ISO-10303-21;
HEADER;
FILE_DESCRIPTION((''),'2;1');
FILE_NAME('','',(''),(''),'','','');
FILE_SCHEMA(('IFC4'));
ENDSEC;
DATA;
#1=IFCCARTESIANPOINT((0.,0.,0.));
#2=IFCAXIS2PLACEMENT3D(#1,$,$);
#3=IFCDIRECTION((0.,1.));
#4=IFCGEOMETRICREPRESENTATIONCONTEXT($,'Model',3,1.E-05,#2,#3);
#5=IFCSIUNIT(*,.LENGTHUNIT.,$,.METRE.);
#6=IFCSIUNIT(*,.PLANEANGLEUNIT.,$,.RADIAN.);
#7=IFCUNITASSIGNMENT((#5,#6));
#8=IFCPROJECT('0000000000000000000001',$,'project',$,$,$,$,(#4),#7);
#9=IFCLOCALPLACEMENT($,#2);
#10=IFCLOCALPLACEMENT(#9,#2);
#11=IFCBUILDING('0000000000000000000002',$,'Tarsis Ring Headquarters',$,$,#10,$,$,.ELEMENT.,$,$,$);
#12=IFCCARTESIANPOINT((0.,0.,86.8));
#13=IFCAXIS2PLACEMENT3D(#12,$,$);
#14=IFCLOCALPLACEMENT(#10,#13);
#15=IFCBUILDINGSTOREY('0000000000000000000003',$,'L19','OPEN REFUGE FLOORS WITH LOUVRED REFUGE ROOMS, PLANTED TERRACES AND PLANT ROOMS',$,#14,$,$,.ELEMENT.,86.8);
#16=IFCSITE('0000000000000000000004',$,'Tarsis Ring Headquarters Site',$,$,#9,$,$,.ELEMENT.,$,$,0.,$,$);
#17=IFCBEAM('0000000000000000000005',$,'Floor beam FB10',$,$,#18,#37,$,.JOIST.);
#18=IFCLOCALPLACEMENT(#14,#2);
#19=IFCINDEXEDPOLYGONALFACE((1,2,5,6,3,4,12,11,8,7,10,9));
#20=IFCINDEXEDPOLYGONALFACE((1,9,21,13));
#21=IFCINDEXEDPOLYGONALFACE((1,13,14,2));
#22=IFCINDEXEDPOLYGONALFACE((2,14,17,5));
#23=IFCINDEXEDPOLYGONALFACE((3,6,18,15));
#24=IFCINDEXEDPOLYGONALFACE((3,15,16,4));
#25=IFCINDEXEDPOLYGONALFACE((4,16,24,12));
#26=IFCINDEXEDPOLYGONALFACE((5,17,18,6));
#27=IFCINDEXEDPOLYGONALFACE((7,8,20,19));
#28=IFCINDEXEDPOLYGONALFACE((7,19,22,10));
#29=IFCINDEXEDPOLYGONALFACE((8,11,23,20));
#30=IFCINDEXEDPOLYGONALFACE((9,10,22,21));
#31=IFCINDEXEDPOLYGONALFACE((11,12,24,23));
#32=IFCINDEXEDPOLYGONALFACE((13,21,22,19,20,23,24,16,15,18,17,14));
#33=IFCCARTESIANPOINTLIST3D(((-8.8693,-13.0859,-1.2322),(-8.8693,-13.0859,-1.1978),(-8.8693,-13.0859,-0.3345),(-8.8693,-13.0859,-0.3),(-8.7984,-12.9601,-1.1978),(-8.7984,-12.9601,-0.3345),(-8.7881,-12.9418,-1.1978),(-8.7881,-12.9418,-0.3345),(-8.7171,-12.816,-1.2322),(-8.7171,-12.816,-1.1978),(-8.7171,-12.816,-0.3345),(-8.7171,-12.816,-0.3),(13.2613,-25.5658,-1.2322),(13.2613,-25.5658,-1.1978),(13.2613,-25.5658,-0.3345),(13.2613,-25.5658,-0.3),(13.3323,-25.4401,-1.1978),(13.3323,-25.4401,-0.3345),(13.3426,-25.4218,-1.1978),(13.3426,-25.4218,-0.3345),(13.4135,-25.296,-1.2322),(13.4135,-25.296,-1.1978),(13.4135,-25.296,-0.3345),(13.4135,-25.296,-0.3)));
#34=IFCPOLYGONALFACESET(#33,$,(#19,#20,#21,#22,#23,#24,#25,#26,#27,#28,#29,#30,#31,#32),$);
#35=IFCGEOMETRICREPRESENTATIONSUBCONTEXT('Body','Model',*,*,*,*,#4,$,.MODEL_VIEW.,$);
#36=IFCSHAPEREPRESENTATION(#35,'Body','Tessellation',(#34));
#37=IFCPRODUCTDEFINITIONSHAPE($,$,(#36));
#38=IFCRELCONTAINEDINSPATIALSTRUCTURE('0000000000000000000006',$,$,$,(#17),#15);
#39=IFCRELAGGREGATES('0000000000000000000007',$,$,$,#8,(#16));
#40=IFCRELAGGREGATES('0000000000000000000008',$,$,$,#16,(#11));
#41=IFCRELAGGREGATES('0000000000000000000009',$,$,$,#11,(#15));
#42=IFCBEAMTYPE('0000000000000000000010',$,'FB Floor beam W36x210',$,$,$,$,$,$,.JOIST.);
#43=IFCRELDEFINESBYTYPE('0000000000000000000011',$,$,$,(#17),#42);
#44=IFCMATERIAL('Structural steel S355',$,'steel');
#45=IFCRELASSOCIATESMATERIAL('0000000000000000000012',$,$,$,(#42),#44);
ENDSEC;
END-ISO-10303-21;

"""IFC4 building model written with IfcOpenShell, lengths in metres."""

from ifc_helpers import new_model, si_unit, direction, frame, origin, origin_2d, place, context, subcontext, project, spatial, i_section, extrude, material, material_profile, profile_set, type_object, element, save


model = new_model("IFC4")

# Units and contexts
model_context = context("Model", 3, precision=1e-05, world=origin(), true_north=direction((0.0, 1.0)))
body_context = subcontext(model_context, "Body", "Model", "MODEL_VIEW")
ifc_project = project(units=[si_unit("LENGTHUNIT", "METRE"), si_unit("PLANEANGLEUNIT", "RADIAN")], contexts=[model_context])

# Site, building, storey
site_placement = place(None, origin())
site = spatial("IfcSite", under=ifc_project, at=site_placement, Name="Tarsis Ring Headquarters Site", CompositionType="ELEMENT", RefElevation=0.0)
building_placement = place(site_placement, origin())
building = spatial("IfcBuilding", under=site, at=building_placement, Name="Tarsis Ring Headquarters", CompositionType="ELEMENT")
storey_placement = place(building_placement, frame((0.0, 0.0, 86.8)))
storey = spatial("IfcBuildingStorey", under=building, at=storey_placement, Name="L19", Description="OPEN REFUGE FLOORS WITH LOUVRED REFUGE ROOMS, PLANTED TERRACES AND PLANT ROOMS", CompositionType="ELEMENT", Elevation=86.8)

# Beam
ifc_material_1 = material(Name="Structural steel S355", Category="steel")
ifc_material_profile_1 = material_profile(ifc_material_1, i_section(OverallWidth=0.3098, OverallDepth=0.9321, WebThickness=0.021, FlangeThickness=0.0344, at=origin_2d()), Name="W36x210")
ifc_profile_set_1 = profile_set([ifc_material_profile_1], Name="Structural steel S355")
beam_type = type_object("IfcBeamType", Name="FB Floor beam W36x210", PredefinedType="JOIST", material=ifc_profile_set_1)
beam_placement = place(storey_placement, frame((-8.7932, -12.9509, -0.7661), z_axis=(0.871045, -0.491203, 0.0), x_axis=(0.491203, 0.871045, 0.0)))
element("IfcBeam", 1, at=beam_placement, inside=storey, type_object=beam_type, Name="Floor beam FB10", PredefinedType="JOIST", context=body_context, shape_type="SweptSolid", body=[
    extrude(i_section(OverallWidth=0.3098, OverallDepth=0.9321, WebThickness=0.021, FlangeThickness=0.0344, at=origin_2d()), origin(), (0.0, 0.0, 1.0), 25.407),
])

save(model, "model.ifc")
